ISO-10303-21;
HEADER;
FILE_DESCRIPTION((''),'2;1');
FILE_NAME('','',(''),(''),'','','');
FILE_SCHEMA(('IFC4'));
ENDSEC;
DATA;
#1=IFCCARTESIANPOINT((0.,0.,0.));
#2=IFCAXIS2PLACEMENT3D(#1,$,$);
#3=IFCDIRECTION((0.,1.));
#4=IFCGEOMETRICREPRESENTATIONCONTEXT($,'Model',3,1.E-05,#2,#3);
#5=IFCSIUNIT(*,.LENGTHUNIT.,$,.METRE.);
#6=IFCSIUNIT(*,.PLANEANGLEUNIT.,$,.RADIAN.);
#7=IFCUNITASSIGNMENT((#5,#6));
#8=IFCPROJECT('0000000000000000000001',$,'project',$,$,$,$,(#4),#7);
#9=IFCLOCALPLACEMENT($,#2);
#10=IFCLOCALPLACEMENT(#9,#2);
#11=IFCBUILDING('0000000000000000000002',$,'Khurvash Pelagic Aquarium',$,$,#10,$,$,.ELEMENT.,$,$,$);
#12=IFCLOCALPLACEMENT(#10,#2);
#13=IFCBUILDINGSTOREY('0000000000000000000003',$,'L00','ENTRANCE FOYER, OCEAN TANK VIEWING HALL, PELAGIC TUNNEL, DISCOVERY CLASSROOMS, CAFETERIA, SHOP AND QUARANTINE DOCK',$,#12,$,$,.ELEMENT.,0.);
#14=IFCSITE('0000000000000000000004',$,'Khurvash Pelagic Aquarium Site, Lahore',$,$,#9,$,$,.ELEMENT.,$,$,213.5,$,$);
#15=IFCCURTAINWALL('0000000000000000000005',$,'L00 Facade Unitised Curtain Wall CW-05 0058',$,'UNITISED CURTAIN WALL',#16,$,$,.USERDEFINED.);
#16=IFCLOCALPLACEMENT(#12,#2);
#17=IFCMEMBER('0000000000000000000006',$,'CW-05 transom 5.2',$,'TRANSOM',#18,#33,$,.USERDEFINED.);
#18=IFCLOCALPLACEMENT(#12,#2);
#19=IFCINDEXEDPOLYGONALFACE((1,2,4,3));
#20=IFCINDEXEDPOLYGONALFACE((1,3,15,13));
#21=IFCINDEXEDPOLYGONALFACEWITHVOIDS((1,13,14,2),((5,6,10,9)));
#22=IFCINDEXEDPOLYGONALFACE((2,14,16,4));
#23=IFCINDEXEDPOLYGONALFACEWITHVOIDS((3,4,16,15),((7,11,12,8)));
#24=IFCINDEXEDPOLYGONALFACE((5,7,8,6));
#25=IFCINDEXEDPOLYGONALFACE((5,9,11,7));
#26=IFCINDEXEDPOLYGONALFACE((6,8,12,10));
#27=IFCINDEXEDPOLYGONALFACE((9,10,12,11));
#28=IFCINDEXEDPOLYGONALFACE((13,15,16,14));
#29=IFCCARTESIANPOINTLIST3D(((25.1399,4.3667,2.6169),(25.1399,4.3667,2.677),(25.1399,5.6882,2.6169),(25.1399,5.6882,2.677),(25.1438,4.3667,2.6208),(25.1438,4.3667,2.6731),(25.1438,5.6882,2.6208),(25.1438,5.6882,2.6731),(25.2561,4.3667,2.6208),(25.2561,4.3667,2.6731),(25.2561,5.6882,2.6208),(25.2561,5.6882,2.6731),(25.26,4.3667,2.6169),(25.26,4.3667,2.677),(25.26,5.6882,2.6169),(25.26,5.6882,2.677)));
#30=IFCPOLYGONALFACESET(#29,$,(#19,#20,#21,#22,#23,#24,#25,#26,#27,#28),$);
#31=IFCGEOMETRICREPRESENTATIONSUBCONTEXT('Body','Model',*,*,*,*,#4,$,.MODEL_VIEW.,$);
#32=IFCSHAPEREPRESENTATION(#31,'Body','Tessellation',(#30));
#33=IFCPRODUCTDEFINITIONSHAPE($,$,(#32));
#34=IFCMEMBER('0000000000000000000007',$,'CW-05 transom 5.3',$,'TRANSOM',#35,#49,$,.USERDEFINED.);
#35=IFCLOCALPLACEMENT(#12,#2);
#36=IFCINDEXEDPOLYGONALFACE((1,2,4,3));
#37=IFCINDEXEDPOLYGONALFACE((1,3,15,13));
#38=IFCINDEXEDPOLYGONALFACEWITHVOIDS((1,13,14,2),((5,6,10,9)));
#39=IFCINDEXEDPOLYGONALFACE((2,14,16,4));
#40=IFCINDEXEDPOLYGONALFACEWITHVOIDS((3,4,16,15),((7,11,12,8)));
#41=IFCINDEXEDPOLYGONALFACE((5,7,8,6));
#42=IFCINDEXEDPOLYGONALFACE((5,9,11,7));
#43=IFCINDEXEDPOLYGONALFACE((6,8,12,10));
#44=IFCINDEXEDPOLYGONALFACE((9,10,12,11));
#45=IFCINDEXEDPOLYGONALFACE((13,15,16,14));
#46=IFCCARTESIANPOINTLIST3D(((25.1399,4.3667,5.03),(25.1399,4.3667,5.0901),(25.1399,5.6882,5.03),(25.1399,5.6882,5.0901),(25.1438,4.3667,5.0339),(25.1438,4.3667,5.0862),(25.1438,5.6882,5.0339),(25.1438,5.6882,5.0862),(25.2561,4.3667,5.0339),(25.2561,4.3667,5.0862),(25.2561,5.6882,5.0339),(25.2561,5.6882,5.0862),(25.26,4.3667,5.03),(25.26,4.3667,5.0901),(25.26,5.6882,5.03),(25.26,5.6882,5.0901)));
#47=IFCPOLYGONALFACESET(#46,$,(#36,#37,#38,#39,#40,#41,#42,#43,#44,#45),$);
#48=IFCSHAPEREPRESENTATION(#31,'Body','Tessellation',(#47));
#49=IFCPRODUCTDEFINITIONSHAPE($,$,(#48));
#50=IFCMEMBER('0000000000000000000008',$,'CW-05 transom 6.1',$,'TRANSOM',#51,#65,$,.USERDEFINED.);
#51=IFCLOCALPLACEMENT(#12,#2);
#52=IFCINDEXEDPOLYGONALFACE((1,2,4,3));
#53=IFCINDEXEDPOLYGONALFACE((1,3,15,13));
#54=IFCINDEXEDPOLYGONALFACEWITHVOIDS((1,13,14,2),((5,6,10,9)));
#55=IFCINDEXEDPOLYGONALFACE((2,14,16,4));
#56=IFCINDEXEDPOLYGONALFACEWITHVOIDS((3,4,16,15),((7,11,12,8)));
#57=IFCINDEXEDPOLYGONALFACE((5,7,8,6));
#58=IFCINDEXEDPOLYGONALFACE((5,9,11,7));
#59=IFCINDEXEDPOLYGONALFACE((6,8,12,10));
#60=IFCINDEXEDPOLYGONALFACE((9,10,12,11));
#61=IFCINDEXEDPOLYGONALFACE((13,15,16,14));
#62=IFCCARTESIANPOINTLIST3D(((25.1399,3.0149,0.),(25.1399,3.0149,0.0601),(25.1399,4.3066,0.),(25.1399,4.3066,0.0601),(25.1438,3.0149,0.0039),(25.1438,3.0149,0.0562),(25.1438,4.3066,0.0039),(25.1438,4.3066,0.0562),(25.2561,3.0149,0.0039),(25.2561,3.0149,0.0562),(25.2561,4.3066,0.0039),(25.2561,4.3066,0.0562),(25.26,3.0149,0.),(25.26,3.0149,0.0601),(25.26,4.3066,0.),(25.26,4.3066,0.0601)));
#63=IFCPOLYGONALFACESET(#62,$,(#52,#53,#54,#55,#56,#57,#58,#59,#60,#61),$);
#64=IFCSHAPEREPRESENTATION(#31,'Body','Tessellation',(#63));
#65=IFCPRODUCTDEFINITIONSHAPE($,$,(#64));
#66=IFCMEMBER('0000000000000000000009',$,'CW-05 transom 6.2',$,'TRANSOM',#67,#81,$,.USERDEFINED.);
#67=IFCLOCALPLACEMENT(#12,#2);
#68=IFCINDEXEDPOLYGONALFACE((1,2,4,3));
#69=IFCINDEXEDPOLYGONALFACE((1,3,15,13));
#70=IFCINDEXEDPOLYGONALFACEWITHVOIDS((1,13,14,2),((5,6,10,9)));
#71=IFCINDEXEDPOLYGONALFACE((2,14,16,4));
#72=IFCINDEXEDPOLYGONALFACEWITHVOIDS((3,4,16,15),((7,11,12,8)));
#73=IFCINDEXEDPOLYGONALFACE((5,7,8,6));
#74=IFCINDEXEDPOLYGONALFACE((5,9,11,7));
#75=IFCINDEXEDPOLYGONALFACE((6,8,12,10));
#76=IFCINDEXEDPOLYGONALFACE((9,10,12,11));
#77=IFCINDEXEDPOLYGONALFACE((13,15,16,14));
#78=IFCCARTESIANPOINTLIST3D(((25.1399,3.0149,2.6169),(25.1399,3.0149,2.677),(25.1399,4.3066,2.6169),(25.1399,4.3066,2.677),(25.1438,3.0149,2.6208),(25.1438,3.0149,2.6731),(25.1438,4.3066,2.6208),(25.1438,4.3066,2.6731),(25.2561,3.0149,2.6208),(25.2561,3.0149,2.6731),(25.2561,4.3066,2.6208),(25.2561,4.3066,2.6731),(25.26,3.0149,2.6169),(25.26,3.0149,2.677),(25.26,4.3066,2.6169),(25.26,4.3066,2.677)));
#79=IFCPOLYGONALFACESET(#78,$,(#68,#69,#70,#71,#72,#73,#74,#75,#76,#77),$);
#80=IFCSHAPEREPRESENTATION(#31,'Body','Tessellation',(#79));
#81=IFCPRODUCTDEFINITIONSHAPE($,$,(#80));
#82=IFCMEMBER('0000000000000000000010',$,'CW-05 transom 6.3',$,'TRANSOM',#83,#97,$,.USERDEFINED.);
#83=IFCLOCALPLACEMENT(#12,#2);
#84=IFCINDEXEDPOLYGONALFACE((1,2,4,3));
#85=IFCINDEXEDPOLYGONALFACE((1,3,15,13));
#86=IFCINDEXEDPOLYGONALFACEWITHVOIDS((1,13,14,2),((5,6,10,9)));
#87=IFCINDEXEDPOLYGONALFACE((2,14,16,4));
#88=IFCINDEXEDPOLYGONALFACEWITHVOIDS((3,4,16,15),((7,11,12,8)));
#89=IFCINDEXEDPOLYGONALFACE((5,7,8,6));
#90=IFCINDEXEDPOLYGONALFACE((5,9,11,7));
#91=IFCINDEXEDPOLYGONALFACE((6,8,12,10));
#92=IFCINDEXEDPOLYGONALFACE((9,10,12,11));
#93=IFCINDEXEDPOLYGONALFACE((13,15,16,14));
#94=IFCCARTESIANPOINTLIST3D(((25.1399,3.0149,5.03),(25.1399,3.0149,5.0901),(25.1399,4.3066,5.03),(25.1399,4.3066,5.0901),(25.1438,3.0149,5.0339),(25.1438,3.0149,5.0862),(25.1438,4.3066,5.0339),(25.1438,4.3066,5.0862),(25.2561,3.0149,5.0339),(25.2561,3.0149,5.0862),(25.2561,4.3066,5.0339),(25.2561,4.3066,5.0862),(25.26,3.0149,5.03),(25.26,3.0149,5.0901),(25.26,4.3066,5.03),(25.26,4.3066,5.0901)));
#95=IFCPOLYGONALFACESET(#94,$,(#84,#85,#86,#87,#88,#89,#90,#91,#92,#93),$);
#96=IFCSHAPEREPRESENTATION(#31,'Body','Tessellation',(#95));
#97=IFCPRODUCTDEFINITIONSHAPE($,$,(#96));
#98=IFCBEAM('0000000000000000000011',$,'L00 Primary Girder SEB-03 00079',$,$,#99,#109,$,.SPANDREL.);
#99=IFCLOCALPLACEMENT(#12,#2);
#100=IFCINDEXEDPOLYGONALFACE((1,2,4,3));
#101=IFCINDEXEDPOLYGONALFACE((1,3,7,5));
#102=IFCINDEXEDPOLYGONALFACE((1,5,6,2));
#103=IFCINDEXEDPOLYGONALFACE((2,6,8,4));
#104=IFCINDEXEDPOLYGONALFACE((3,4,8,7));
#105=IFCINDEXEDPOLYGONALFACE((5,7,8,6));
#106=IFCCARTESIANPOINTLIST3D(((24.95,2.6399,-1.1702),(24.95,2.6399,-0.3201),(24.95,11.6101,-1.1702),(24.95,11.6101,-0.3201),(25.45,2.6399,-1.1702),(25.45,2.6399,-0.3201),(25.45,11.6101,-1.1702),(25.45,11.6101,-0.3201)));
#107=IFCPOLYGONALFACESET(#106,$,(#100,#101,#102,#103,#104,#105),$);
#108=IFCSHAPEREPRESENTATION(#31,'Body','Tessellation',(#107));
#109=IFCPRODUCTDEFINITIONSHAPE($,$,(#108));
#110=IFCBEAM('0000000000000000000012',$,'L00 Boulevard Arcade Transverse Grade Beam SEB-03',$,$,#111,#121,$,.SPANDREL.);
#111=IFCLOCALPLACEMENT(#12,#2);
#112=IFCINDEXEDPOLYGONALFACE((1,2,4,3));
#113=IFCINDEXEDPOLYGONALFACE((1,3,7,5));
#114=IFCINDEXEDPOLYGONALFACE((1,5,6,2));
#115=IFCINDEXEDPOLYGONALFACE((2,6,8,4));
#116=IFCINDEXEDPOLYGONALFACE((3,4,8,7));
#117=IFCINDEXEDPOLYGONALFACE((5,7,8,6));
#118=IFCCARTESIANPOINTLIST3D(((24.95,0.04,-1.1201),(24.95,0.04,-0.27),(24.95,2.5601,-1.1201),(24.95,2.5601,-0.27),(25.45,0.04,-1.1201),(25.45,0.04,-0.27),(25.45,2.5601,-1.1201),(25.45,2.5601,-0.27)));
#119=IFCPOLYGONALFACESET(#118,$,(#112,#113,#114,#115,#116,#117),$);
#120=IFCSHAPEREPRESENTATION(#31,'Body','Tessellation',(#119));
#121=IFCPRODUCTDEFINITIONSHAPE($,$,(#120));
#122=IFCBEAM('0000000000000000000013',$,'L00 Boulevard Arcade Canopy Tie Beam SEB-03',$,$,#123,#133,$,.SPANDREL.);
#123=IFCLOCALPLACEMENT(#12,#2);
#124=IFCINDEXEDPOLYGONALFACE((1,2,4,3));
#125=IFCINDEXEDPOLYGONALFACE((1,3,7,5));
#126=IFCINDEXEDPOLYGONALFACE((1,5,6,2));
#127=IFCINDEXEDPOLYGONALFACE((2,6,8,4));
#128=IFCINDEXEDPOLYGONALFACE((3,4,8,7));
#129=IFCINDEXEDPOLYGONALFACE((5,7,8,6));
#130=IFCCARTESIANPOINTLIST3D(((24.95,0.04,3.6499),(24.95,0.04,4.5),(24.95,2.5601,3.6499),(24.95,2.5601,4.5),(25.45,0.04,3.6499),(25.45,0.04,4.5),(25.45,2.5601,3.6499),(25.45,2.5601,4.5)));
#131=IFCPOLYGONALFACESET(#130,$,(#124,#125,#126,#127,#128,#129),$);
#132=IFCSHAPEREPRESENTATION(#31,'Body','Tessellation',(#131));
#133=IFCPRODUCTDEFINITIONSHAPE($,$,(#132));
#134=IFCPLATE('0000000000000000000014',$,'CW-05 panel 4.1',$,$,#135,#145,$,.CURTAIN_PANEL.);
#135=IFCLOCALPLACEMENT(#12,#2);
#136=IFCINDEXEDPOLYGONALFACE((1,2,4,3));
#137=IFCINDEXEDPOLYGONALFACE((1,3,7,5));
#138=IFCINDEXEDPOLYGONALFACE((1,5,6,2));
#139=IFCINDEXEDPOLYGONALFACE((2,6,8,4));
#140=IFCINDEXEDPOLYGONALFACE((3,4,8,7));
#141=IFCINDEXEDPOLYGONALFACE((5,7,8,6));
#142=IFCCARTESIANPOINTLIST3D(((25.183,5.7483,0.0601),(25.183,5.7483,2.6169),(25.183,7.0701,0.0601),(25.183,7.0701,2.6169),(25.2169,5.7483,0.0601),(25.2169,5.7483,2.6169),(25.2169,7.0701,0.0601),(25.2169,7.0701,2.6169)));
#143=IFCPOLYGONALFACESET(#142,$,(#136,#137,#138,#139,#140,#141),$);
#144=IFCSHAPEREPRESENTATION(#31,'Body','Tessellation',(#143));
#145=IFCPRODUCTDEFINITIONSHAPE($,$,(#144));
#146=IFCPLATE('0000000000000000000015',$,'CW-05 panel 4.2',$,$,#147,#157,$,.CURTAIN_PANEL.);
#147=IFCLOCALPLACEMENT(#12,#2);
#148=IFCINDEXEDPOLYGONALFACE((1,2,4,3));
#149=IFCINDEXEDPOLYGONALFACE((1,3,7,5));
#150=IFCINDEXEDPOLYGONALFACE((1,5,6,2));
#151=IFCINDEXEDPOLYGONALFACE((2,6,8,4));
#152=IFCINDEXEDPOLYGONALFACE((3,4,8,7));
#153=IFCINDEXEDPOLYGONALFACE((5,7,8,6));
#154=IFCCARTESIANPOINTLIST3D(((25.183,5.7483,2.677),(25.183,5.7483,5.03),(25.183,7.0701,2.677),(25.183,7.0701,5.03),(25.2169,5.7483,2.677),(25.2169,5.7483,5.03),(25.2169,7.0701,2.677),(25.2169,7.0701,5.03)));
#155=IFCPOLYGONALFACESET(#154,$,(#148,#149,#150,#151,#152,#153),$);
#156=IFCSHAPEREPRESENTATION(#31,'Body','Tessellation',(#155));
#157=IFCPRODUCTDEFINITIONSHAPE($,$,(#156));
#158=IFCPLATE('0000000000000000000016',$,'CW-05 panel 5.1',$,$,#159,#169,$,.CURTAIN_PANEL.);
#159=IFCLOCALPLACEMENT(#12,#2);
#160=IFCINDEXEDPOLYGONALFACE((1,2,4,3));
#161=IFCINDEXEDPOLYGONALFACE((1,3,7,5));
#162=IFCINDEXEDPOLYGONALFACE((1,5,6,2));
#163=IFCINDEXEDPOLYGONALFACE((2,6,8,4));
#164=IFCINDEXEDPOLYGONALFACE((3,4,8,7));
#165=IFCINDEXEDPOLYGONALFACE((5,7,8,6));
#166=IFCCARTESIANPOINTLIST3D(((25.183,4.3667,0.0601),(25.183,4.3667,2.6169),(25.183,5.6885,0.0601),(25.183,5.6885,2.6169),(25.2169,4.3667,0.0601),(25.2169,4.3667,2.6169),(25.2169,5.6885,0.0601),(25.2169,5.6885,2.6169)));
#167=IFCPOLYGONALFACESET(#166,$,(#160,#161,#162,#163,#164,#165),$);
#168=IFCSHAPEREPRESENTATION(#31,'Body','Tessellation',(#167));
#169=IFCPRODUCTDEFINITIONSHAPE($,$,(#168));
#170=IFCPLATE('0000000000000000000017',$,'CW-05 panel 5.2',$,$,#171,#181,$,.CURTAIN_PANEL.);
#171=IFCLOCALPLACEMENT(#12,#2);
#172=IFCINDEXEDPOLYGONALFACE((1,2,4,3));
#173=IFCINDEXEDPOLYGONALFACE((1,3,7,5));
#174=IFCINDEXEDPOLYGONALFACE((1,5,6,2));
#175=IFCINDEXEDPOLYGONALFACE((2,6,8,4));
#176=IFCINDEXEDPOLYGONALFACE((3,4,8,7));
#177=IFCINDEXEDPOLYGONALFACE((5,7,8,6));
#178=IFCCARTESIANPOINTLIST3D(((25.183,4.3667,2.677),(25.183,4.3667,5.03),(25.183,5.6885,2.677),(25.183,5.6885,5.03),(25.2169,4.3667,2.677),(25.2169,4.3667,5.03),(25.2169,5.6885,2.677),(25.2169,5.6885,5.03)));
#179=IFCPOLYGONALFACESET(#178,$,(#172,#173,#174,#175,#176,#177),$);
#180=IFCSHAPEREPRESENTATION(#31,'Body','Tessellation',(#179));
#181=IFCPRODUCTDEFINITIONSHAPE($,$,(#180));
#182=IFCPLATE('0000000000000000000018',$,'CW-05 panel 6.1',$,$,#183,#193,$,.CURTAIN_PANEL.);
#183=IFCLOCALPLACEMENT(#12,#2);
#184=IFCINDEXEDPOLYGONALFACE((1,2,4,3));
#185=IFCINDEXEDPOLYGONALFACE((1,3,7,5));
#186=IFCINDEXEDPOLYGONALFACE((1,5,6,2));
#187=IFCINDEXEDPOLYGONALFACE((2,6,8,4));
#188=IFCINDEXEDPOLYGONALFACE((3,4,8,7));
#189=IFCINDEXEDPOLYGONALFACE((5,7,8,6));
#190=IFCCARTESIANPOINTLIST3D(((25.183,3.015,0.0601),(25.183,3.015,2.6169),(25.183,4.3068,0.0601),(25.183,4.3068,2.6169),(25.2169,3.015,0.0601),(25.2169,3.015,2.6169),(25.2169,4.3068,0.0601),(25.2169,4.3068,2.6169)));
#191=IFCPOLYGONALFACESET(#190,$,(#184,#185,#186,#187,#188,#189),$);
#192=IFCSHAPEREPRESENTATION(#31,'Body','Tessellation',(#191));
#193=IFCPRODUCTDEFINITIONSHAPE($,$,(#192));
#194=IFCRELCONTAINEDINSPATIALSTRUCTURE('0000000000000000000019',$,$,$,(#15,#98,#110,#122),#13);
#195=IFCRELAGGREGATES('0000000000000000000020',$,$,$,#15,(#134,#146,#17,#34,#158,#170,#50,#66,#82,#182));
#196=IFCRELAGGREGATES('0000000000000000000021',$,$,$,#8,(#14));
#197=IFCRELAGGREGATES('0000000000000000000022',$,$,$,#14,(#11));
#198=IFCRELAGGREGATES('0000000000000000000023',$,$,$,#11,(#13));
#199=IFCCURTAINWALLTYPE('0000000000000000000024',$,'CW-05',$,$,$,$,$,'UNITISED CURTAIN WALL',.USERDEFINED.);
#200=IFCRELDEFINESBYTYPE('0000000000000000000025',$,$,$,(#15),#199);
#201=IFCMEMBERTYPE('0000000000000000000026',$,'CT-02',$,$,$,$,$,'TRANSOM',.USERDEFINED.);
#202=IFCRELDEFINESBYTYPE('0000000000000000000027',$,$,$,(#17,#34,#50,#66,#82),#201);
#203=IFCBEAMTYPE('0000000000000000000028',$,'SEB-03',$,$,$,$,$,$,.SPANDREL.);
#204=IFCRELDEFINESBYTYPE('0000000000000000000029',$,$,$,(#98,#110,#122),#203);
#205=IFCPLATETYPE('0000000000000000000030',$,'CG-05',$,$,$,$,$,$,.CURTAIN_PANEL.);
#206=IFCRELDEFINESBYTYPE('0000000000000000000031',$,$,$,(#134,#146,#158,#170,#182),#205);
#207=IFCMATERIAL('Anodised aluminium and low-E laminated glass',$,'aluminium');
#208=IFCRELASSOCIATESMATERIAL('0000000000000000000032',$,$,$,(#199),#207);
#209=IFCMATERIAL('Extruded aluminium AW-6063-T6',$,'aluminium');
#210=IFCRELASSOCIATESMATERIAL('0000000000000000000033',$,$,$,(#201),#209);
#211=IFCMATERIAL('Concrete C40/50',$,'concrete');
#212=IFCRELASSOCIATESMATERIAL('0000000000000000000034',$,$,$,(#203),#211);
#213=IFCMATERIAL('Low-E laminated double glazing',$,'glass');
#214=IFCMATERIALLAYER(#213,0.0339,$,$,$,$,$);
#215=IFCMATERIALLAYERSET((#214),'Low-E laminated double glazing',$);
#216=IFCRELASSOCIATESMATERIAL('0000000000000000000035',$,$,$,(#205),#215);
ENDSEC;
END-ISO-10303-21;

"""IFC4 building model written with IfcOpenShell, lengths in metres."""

from ifc_helpers import new_model, si_unit, direction, frame, origin, origin_2d, place, context, subcontext, project, spatial, rectangle, hollow_rectangle, extrude, material, layer, layer_set, material_profile, profile_set, type_object, element, aggregate, save


model = new_model("IFC4")

# Units and contexts
model_context = context("Model", 3, precision=1e-05, world=origin(), true_north=direction((0.0, 1.0)))
body_context = subcontext(model_context, "Body", "Model", "MODEL_VIEW")
ifc_project = project(units=[si_unit("LENGTHUNIT", "METRE"), si_unit("PLANEANGLEUNIT", "RADIAN")], contexts=[model_context])

# Site, building, storey
site_placement = place(None, origin())
site = spatial("IfcSite", under=ifc_project, at=site_placement, Name="Khurvash Pelagic Aquarium Site, Lahore", CompositionType="ELEMENT", RefElevation=213.5)
building_placement = place(site_placement, origin())
building = spatial("IfcBuilding", under=site, at=building_placement, Name="Khurvash Pelagic Aquarium", CompositionType="ELEMENT")
storey_placement = place(building_placement, origin())
storey = spatial("IfcBuildingStorey", under=building, at=storey_placement, Name="L00", Description="ENTRANCE FOYER, OCEAN TANK VIEWING HALL, PELAGIC TUNNEL, DISCOVERY CLASSROOMS, CAFETERIA, SHOP AND QUARANTINE DOCK", CompositionType="ELEMENT", Elevation=0.0)

# Shared definitions
ifc_material_1 = material(Name="Concrete C40/50", Category="concrete")

# Curtain wall, members
ifc_material_2 = material(Name="Anodised aluminium and low-E laminated glass", Category="aluminium")
curtain_wall_type = type_object("IfcCurtainWallType", Name="CW-05", ElementType="UNITISED CURTAIN WALL", PredefinedType="USERDEFINED", material=ifc_material_2)
curtain_wall_placement = place(storey_placement, origin())
curtain_wall = element("IfcCurtainWall", 1, at=curtain_wall_placement, inside=storey, type_object=curtain_wall_type, Name="L00 Facade Unitised Curtain Wall CW-05 0058", ObjectType="UNITISED CURTAIN WALL", PredefinedType="USERDEFINED")
ifc_material_3 = material(Name="Extruded aluminium AW-6063-T6", Category="aluminium")
ifc_material_profile_1 = material_profile(ifc_material_3, hollow_rectangle(XDim=0.1201, YDim=0.0601, WallThickness=0.0039, at=origin_2d()), Name="CWT120X60X4")
ifc_profile_set_1 = profile_set([ifc_material_profile_1], Name="Extruded aluminium AW-6063-T6")
member_type_1 = type_object("IfcMemberType", Name="CT-02", ElementType="TRANSOM", PredefinedType="USERDEFINED", material=ifc_profile_set_1)
member_1_placement = place(storey_placement, frame((25.2, 5.6882, 2.647), z_axis=(0.0, -1.0, 0.0), x_axis=(1.0, 0.0, 0.0)))
member_1 = element("IfcMember", 2, at=member_1_placement, type_object=member_type_1, Name="CW-05 transom 5.2", ObjectType="TRANSOM", PredefinedType="USERDEFINED", context=body_context, shape_type="SweptSolid", body=[
    extrude(hollow_rectangle(XDim=0.1201, YDim=0.0601, WallThickness=0.0039, at=origin_2d()), origin(), (0.0, 0.0, 1.0), 1.3215),
])
member_2_placement = place(storey_placement, frame((25.2, 5.6882, 5.0601), z_axis=(0.0, -1.0, 0.0), x_axis=(1.0, 0.0, 0.0)))
member_2 = element("IfcMember", 3, at=member_2_placement, type_object=member_type_1, Name="CW-05 transom 5.3", ObjectType="TRANSOM", PredefinedType="USERDEFINED", context=body_context, shape_type="SweptSolid", body=[
    extrude(hollow_rectangle(XDim=0.1201, YDim=0.0601, WallThickness=0.0039, at=origin_2d()), origin(), (0.0, 0.0, 1.0), 1.3215),
])
member_3_placement = place(storey_placement, frame((25.2, 4.3066, 0.03), z_axis=(0.0, -1.0, 0.0), x_axis=(1.0, 0.0, 0.0)))
member_3 = element("IfcMember", 4, at=member_3_placement, type_object=member_type_1, Name="CW-05 transom 6.1", ObjectType="TRANSOM", PredefinedType="USERDEFINED", context=body_context, shape_type="SweptSolid", body=[
    extrude(hollow_rectangle(XDim=0.1201, YDim=0.0601, WallThickness=0.0039, at=origin_2d()), origin(), (0.0, 0.0, 1.0), 1.2917),
])
member_4_placement = place(storey_placement, frame((25.2, 4.3066, 2.647), z_axis=(0.0, -1.0, 0.0), x_axis=(1.0, 0.0, 0.0)))
member_4 = element("IfcMember", 5, at=member_4_placement, type_object=member_type_1, Name="CW-05 transom 6.2", ObjectType="TRANSOM", PredefinedType="USERDEFINED", context=body_context, shape_type="SweptSolid", body=[
    extrude(hollow_rectangle(XDim=0.1201, YDim=0.0601, WallThickness=0.0039, at=origin_2d()), origin(), (0.0, 0.0, 1.0), 1.2917),
])
member_5_placement = place(storey_placement, frame((25.2, 4.3066, 5.0601), z_axis=(0.0, -1.0, 0.0), x_axis=(1.0, 0.0, 0.0)))
member_5 = element("IfcMember", 6, at=member_5_placement, type_object=member_type_1, Name="CW-05 transom 6.3", ObjectType="TRANSOM", PredefinedType="USERDEFINED", context=body_context, shape_type="SweptSolid", body=[
    extrude(hollow_rectangle(XDim=0.1201, YDim=0.0601, WallThickness=0.0039, at=origin_2d()), origin(), (0.0, 0.0, 1.0), 1.2917),
])

# Beams
ifc_material_profile_2 = material_profile(ifc_material_1, rectangle(XDim=0.5, YDim=0.8501, at=origin_2d()), Name="RC500X850")
ifc_profile_set_2 = profile_set([ifc_material_profile_2], Name="Concrete C40/50")
beam_type = type_object("IfcBeamType", Name="SEB-03", PredefinedType="SPANDREL", material=ifc_profile_set_2)
beam_placement = place(storey_placement, frame((25.2, 2.6399, -0.7451), z_axis=(0.0, 1.0, 0.0), x_axis=(-1.0, 0.0, 0.0)))
element("IfcBeam", 7, at=beam_placement, inside=storey, type_object=beam_type, Name="L00 Primary Girder SEB-03 00079", PredefinedType="SPANDREL", context=body_context, shape_type="SweptSolid", body=[
    extrude(rectangle(XDim=0.5, YDim=0.8501, at=origin_2d()), origin(), (0.0, 0.0, 1.0), 8.9702),
])
for number, where, z_axis, x_axis, name in (
    (8, (25.2, 0.04, -0.6951), (0.0, 1.0, 0.0), (-1.0, 0.0, 0.0), "L00 Boulevard Arcade Transverse Grade Beam SEB-03"),
    (9, (25.2, 0.04, 4.075), (0.0, 1.0, 0.0), (-1.0, 0.0, 0.0), "L00 Boulevard Arcade Canopy Tie Beam SEB-03"),
):
    element("IfcBeam", number, at=place(storey_placement, frame(where, z_axis=z_axis, x_axis=x_axis)), inside=storey, type_object=beam_type, Name=name, PredefinedType="SPANDREL", context=body_context, shape_type="SweptSolid", body=[
        extrude(rectangle(XDim=0.5, YDim=0.8501, at=origin_2d()), origin(), (0.0, 0.0, 1.0), 2.52),
    ])

# Plates
ifc_material_4 = material(Name="Low-E laminated double glazing", Category="glass")
ifc_layer_1 = layer(ifc_material_4, 0.0339)
ifc_layer_set_1 = layer_set([ifc_layer_1], Name="Low-E laminated double glazing")
plate_type = type_object("IfcPlateType", Name="CG-05", PredefinedType="CURTAIN_PANEL", material=ifc_layer_set_1)
plate_1_placement = place(storey_placement, frame((25.2, 6.4092, 0.0601), z_axis=(0.0, 0.0, 1.0), x_axis=(0.0, -1.0, 0.0)))
plate_1 = element("IfcPlate", 10, at=plate_1_placement, type_object=plate_type, Name="CW-05 panel 4.1", PredefinedType="CURTAIN_PANEL", context=body_context, shape_type="SweptSolid", body=[
    extrude(rectangle(XDim=1.3218, YDim=0.0339, at=origin_2d()), origin(), (0.0, 0.0, 1.0), 2.5569),
])
plate_2_placement = place(storey_placement, frame((25.2, 6.4092, 2.677), z_axis=(0.0, 0.0, 1.0), x_axis=(0.0, -1.0, 0.0)))
plate_2 = element("IfcPlate", 11, at=plate_2_placement, type_object=plate_type, Name="CW-05 panel 4.2", PredefinedType="CURTAIN_PANEL", context=body_context, shape_type="SweptSolid", body=[
    extrude(rectangle(XDim=1.3218, YDim=0.0339, at=origin_2d()), origin(), (0.0, 0.0, 1.0), 2.353),
])
plate_3_placement = place(storey_placement, frame((25.2, 5.0276, 0.0601), z_axis=(0.0, 0.0, 1.0), x_axis=(0.0, -1.0, 0.0)))
plate_3 = element("IfcPlate", 12, at=plate_3_placement, type_object=plate_type, Name="CW-05 panel 5.1", PredefinedType="CURTAIN_PANEL", context=body_context, shape_type="SweptSolid", body=[
    extrude(rectangle(XDim=1.3218, YDim=0.0339, at=origin_2d()), origin(), (0.0, 0.0, 1.0), 2.5569),
])
plate_4_placement = place(storey_placement, frame((25.2, 5.0276, 2.677), z_axis=(0.0, 0.0, 1.0), x_axis=(0.0, -1.0, 0.0)))
plate_4 = element("IfcPlate", 13, at=plate_4_placement, type_object=plate_type, Name="CW-05 panel 5.2", PredefinedType="CURTAIN_PANEL", context=body_context, shape_type="SweptSolid", body=[
    extrude(rectangle(XDim=1.3218, YDim=0.0339, at=origin_2d()), origin(), (0.0, 0.0, 1.0), 2.353),
])
plate_5_placement = place(storey_placement, frame((25.2, 3.6609, 0.0601), z_axis=(0.0, 0.0, 1.0), x_axis=(0.0, -1.0, 0.0)))
plate_5 = element("IfcPlate", 14, at=plate_5_placement, type_object=plate_type, Name="CW-05 panel 6.1", PredefinedType="CURTAIN_PANEL", context=body_context, shape_type="SweptSolid", body=[
    extrude(rectangle(XDim=1.2917, YDim=0.0339, at=origin_2d()), origin(), (0.0, 0.0, 1.0), 2.5569),
])
aggregate(curtain_wall, [plate_1, plate_2, member_1, member_2, plate_3, plate_4, member_3, member_4, member_5, plate_5])

save(model, "model.ifc")
